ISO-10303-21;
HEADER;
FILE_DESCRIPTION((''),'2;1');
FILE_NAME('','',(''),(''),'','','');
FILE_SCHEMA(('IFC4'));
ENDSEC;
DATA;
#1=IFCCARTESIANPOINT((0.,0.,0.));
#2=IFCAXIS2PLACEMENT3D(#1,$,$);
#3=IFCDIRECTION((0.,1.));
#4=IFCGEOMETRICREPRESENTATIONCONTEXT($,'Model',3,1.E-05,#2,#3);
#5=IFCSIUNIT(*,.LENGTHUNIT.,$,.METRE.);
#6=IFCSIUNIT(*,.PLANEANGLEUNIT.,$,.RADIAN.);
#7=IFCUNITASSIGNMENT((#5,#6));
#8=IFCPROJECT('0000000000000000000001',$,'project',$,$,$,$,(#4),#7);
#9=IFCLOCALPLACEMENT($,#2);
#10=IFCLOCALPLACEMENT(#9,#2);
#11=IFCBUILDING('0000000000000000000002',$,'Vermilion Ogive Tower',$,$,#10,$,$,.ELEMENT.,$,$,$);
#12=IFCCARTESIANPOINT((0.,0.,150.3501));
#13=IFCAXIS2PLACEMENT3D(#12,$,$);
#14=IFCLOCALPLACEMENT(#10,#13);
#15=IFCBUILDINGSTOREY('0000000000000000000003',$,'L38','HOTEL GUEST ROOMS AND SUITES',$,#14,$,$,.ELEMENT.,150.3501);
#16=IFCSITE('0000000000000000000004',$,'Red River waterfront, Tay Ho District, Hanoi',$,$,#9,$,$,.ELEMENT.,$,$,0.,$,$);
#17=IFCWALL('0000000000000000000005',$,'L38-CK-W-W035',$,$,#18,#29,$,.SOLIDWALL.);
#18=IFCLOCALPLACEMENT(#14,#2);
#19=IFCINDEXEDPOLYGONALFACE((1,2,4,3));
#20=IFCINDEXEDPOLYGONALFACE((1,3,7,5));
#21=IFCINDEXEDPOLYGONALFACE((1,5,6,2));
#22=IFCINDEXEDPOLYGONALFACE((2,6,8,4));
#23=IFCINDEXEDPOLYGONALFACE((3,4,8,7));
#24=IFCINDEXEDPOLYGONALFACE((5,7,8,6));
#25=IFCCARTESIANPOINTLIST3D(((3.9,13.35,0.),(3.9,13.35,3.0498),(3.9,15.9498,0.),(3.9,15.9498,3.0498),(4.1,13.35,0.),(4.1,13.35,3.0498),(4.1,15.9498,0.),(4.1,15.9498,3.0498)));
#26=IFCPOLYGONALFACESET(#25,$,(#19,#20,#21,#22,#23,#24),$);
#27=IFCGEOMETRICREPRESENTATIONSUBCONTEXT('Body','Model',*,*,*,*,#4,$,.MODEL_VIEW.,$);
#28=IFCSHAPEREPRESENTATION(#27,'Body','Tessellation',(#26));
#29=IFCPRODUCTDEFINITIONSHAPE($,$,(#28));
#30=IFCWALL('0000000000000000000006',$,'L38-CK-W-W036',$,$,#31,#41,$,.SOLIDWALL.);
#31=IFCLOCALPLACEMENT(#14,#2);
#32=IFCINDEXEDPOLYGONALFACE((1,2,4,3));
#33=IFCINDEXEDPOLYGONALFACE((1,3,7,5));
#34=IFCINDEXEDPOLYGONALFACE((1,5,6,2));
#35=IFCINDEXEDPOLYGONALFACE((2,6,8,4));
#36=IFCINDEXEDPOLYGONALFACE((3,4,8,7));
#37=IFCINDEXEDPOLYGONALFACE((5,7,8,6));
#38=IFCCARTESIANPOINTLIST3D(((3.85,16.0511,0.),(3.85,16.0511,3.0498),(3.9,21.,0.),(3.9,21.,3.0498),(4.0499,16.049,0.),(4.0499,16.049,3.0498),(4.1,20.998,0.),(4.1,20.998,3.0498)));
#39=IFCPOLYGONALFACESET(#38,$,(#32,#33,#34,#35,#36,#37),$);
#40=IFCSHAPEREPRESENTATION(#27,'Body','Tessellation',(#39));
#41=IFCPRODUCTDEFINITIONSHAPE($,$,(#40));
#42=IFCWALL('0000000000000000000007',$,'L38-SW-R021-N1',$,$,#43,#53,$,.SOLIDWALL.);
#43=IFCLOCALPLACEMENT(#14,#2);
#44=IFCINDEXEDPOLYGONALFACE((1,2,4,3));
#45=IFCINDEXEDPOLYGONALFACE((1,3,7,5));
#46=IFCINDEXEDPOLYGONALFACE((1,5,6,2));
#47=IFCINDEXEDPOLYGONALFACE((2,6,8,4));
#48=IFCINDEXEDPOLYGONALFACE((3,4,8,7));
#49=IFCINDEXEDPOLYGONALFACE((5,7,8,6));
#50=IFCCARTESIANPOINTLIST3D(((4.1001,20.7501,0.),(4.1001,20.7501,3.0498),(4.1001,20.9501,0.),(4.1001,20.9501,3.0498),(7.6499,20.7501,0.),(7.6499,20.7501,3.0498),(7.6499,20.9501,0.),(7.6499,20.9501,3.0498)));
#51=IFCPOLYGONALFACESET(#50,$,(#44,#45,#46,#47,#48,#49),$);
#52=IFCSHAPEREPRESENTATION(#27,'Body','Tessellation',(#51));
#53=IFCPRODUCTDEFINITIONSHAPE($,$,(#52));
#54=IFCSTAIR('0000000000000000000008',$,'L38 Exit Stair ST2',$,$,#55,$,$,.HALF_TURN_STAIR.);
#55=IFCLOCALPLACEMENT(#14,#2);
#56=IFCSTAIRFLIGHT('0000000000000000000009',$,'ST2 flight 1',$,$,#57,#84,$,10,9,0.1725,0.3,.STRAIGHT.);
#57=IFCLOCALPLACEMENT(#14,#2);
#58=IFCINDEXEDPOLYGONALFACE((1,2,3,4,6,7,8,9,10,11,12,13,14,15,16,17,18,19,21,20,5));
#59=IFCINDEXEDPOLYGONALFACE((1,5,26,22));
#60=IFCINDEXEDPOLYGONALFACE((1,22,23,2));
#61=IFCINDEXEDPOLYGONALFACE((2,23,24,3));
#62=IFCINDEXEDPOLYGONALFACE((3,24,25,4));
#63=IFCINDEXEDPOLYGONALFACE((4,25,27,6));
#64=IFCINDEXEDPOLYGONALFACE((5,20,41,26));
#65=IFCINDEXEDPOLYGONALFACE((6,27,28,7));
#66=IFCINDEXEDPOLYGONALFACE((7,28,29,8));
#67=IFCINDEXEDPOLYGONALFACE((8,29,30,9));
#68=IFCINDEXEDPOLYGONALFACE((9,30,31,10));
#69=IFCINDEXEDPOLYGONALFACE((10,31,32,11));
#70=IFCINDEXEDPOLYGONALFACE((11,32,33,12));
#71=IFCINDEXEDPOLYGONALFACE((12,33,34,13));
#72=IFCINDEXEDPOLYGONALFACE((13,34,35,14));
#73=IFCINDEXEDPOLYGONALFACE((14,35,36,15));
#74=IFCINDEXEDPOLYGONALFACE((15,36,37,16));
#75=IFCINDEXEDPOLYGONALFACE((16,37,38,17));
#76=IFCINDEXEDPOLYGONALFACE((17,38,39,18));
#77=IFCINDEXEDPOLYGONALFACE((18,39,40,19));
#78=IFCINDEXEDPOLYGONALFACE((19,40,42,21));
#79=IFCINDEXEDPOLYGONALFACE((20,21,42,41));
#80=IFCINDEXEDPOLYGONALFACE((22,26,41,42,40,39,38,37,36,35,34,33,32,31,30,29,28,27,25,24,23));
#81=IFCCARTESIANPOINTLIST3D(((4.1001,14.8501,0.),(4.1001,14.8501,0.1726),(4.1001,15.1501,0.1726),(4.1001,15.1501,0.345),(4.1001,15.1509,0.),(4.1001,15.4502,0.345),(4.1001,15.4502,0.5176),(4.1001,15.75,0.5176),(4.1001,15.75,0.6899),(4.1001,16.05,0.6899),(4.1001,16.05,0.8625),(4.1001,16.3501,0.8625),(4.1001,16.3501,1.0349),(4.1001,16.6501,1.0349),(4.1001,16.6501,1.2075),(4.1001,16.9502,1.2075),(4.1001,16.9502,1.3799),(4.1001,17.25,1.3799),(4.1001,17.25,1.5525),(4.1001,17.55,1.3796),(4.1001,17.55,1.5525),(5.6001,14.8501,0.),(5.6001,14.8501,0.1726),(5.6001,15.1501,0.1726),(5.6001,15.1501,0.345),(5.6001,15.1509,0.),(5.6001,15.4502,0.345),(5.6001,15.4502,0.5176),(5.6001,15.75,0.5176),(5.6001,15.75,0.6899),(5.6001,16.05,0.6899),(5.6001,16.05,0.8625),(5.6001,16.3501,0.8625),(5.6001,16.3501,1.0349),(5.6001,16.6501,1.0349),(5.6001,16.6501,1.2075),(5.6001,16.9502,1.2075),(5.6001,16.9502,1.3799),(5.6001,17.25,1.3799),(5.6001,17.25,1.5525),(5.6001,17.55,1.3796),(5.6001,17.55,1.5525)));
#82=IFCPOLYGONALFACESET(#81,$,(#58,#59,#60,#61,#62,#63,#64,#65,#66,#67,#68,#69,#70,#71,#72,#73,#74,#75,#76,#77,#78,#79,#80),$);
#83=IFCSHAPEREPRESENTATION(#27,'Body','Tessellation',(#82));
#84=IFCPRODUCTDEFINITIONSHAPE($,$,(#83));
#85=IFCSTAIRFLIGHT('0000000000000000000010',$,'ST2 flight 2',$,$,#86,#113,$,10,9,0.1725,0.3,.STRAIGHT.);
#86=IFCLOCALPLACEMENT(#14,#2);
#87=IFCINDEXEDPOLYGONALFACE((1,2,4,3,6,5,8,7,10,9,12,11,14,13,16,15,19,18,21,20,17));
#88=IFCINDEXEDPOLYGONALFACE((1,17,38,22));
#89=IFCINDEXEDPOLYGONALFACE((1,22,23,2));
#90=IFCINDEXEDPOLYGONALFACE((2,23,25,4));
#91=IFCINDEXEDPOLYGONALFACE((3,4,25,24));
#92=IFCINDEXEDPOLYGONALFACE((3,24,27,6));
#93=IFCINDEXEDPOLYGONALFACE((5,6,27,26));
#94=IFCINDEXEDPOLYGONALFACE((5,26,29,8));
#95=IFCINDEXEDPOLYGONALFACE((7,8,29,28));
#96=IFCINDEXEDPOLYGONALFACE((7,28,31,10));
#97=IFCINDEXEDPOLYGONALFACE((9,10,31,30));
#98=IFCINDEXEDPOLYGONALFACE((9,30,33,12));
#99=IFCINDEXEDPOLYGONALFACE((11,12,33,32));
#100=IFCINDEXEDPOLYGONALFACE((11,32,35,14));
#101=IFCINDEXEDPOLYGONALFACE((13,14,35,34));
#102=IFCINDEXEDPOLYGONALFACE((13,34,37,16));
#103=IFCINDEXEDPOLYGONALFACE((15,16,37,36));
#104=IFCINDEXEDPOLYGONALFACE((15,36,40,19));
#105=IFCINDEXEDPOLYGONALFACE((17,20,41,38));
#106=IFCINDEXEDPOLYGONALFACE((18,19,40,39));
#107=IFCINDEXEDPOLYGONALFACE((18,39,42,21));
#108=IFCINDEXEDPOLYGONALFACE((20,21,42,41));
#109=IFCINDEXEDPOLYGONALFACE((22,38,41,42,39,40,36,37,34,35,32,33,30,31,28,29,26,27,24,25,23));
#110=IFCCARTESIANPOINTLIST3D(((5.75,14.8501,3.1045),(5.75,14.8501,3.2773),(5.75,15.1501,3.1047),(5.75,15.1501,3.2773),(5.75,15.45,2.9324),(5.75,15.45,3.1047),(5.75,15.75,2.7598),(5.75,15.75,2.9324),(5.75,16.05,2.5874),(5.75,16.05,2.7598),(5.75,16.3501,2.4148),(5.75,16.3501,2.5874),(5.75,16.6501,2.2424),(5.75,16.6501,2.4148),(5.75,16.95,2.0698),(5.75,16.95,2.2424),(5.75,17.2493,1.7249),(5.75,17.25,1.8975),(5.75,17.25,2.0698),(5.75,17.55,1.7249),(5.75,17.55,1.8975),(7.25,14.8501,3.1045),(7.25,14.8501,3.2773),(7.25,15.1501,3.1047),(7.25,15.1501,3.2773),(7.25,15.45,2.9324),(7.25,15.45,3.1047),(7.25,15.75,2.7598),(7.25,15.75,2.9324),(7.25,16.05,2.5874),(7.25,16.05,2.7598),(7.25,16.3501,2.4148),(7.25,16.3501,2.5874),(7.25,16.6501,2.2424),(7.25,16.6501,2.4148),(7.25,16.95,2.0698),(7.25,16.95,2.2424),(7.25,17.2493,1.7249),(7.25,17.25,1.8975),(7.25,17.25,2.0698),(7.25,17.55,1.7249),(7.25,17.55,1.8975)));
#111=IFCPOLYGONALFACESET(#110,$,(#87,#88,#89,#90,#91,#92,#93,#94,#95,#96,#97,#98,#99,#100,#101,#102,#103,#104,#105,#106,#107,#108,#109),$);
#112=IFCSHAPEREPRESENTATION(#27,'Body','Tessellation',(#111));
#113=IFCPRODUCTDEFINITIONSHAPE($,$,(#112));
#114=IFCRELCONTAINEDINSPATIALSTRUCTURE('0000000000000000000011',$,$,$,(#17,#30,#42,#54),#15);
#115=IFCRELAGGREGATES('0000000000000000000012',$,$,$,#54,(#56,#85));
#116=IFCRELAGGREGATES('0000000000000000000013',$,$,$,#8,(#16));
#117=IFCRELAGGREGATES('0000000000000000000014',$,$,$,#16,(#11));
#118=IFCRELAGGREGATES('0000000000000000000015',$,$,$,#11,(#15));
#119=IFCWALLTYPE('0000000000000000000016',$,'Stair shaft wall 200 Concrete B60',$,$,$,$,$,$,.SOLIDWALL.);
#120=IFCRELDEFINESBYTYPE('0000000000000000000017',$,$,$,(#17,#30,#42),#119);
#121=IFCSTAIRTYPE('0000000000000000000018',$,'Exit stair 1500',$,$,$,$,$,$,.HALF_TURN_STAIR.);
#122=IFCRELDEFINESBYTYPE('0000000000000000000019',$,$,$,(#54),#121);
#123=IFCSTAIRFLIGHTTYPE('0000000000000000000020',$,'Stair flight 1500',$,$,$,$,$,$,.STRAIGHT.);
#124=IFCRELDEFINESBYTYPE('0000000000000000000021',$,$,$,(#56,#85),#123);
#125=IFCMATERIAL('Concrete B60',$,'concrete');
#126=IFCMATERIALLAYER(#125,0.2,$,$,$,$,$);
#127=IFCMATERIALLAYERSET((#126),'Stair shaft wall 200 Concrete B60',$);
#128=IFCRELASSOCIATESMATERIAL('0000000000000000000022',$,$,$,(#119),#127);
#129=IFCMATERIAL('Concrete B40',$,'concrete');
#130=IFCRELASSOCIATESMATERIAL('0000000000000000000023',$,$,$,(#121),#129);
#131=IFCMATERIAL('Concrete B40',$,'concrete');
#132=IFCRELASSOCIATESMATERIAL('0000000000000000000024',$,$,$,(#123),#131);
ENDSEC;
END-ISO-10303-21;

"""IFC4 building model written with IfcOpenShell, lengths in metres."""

from ifc_helpers import new_model, si_unit, direction, frame, frame_2d, origin, place, context, subcontext, project, spatial, polyline, rectangle, outline, extrude, material, layer, layer_set, type_object, element, aggregate, save


model = new_model("IFC4")

# Units and contexts
model_context = context("Model", 3, precision=1e-05, world=origin(), true_north=direction((0.0, 1.0)))
body_context = subcontext(model_context, "Body", "Model", "MODEL_VIEW")
ifc_project = project(units=[si_unit("LENGTHUNIT", "METRE"), si_unit("PLANEANGLEUNIT", "RADIAN")], contexts=[model_context])

# Site, building, storey
site_placement = place(None, origin())
site = spatial("IfcSite", under=ifc_project, at=site_placement, Name="Red River waterfront, Tay Ho District, Hanoi", CompositionType="ELEMENT", RefElevation=0.0)
building_placement = place(site_placement, origin())
building = spatial("IfcBuilding", under=site, at=building_placement, Name="Vermilion Ogive Tower", CompositionType="ELEMENT")
storey_placement = place(building_placement, frame((0.0, 0.0, 150.3501)))
storey = spatial("IfcBuildingStorey", under=building, at=storey_placement, Name="L38", Description="HOTEL GUEST ROOMS AND SUITES", CompositionType="ELEMENT", Elevation=150.3501)

# Shared definitions
ifc_material_1 = material(Name="Concrete B60", Category="concrete")
ifc_layer_1 = layer(ifc_material_1, 0.2)
ifc_layer_set_1 = layer_set([ifc_layer_1], Name="Stair shaft wall 200 Concrete B60")
wall_type_1 = type_object("IfcWallType", Name="Stair shaft wall 200 Concrete B60", PredefinedType="SOLIDWALL", material=ifc_layer_set_1)

# Walls
wall_1_placement = place(storey_placement, frame((4.0, 13.3501, 0.0), z_axis=(0.0, 0.0, 1.0), x_axis=(0.0, 1.0, 0.0)))
element("IfcWall", 1, at=wall_1_placement, inside=storey, type_object=wall_type_1, Name="L38-CK-W-W035", PredefinedType="SOLIDWALL", context=body_context, shape_type="SweptSolid", body=[
    extrude(rectangle(XDim=2.5999, YDim=0.2, at=frame_2d((1.2998, 0.0))), origin(), (0.0, 0.0, 1.0), 3.0498),
])
wall_2_placement = place(storey_placement, frame((3.95, 16.05, 0.0), z_axis=(0.0, 0.0, 1.0), x_axis=(0.010112, 0.999949, 0.0)))
element("IfcWall", 2, at=wall_2_placement, inside=storey, type_object=wall_type_1, Name="L38-CK-W-W036", PredefinedType="SOLIDWALL", context=body_context, shape_type="SweptSolid", body=[
    extrude(rectangle(XDim=4.9492, YDim=0.2, at=frame_2d((2.4746, 0.0))), origin(), (0.0, 0.0, 1.0), 3.0498),
])
wall_3_placement = place(storey_placement, frame((4.1001, 20.8501, 0.0), z_axis=(0.0, 0.0, 1.0), x_axis=(1.0, 0.0, 0.0)))
element("IfcWall", 3, at=wall_3_placement, inside=storey, type_object=wall_type_1, Name="L38-SW-R021-N1", PredefinedType="SOLIDWALL", context=body_context, shape_type="SweptSolid", body=[
    extrude(rectangle(XDim=3.5498, YDim=0.2, at=frame_2d((1.7749, 0.0))), origin(), (0.0, 0.0, 1.0), 3.0498),
])

# Stair, stair flights
ifc_material_2 = material(Name="Concrete B40", Category="concrete")
stair_type = type_object("IfcStairType", Name="Exit stair 1500", PredefinedType="HALF_TURN_STAIR", material=ifc_material_2)
stair_placement = place(storey_placement, origin())
stair = element("IfcStair", 4, at=stair_placement, inside=storey, type_object=stair_type, Name="L38 Exit Stair ST2", PredefinedType="HALF_TURN_STAIR")
ifc_material_3 = material(Name="Concrete B40", Category="concrete")
stair_flight_type = type_object("IfcStairFlightType", Name="Stair flight 1500", PredefinedType="STRAIGHT", material=ifc_material_3)
stair_flight_1_placement = place(storey_placement, frame((4.8501, 14.8501, 0.0), z_axis=(0.0, 0.0, 1.0), x_axis=(0.0, 1.0, 0.0)))
stair_flight_1 = element("IfcStairFlight", 5, at=stair_flight_1_placement, type_object=stair_flight_type, Name="ST2 flight 1", NumberOfRisers=10, NumberOfTreads=9, PredefinedType="STRAIGHT", RiserHeight=0.1725, TreadLength=0.3, context=body_context, shape_type="SweptSolid", body=[
    extrude(outline(polyline([(0.0, 0.0), (0.0, 0.1726), (0.3, 0.1726), (0.3, 0.345), (0.6001, 0.345), (0.6001, 0.5176), (0.8999, 0.5176), (0.8999, 0.6899), (1.2, 0.6899), (1.2, 0.8625), (1.5, 0.8625), (1.5, 1.0349), (1.8, 1.0349), (1.8, 1.2075), (2.1001, 1.2075), (2.1001, 1.3799), (2.3999, 1.3799), (2.3999, 1.5525), (2.7, 1.5525), (2.7, 1.7251), (2.7, 1.3796), (0.3008, 0.0), (0.0, 0.0)])), frame((0.0, 0.75, 0.0), z_axis=(0.0, -1.0, 0.0), x_axis=(1.0, 0.0, 0.0)), (0.0, 0.0, 1.0), 1.5),
])
stair_flight_2_placement = place(storey_placement, frame((6.5, 17.55, 1.7249), z_axis=(0.0, 0.0, 1.0), x_axis=(0.0, -1.0, 0.0)))
stair_flight_2 = element("IfcStairFlight", 6, at=stair_flight_2_placement, type_object=stair_flight_type, Name="ST2 flight 2", NumberOfRisers=10, NumberOfTreads=9, PredefinedType="STRAIGHT", RiserHeight=0.1725, TreadLength=0.3, context=body_context, shape_type="SweptSolid", body=[
    extrude(outline(polyline([(0.0, 0.0), (0.0, 0.1726), (0.3, 0.1726), (0.3, 0.345), (0.6001, 0.345), (0.6001, 0.5176), (0.8999, 0.5176), (0.8999, 0.6899), (1.2, 0.6899), (1.2, 0.8625), (1.5, 0.8625), (1.5, 1.0349), (1.8, 1.0349), (1.8, 1.2075), (2.1001, 1.2075), (2.1001, 1.3799), (2.3999, 1.3799), (2.3999, 1.5525), (2.7, 1.5525), (2.7, 1.7251), (2.7, 1.3796), (0.3008, 0.0), (0.0, 0.0)])), frame((0.0, 0.75, 0.0), z_axis=(0.0, -1.0, 0.0), x_axis=(1.0, 0.0, 0.0)), (0.0, 0.0, 1.0), 1.5),
])
aggregate(stair, [stair_flight_1, stair_flight_2])

save(model, "model.ifc")
